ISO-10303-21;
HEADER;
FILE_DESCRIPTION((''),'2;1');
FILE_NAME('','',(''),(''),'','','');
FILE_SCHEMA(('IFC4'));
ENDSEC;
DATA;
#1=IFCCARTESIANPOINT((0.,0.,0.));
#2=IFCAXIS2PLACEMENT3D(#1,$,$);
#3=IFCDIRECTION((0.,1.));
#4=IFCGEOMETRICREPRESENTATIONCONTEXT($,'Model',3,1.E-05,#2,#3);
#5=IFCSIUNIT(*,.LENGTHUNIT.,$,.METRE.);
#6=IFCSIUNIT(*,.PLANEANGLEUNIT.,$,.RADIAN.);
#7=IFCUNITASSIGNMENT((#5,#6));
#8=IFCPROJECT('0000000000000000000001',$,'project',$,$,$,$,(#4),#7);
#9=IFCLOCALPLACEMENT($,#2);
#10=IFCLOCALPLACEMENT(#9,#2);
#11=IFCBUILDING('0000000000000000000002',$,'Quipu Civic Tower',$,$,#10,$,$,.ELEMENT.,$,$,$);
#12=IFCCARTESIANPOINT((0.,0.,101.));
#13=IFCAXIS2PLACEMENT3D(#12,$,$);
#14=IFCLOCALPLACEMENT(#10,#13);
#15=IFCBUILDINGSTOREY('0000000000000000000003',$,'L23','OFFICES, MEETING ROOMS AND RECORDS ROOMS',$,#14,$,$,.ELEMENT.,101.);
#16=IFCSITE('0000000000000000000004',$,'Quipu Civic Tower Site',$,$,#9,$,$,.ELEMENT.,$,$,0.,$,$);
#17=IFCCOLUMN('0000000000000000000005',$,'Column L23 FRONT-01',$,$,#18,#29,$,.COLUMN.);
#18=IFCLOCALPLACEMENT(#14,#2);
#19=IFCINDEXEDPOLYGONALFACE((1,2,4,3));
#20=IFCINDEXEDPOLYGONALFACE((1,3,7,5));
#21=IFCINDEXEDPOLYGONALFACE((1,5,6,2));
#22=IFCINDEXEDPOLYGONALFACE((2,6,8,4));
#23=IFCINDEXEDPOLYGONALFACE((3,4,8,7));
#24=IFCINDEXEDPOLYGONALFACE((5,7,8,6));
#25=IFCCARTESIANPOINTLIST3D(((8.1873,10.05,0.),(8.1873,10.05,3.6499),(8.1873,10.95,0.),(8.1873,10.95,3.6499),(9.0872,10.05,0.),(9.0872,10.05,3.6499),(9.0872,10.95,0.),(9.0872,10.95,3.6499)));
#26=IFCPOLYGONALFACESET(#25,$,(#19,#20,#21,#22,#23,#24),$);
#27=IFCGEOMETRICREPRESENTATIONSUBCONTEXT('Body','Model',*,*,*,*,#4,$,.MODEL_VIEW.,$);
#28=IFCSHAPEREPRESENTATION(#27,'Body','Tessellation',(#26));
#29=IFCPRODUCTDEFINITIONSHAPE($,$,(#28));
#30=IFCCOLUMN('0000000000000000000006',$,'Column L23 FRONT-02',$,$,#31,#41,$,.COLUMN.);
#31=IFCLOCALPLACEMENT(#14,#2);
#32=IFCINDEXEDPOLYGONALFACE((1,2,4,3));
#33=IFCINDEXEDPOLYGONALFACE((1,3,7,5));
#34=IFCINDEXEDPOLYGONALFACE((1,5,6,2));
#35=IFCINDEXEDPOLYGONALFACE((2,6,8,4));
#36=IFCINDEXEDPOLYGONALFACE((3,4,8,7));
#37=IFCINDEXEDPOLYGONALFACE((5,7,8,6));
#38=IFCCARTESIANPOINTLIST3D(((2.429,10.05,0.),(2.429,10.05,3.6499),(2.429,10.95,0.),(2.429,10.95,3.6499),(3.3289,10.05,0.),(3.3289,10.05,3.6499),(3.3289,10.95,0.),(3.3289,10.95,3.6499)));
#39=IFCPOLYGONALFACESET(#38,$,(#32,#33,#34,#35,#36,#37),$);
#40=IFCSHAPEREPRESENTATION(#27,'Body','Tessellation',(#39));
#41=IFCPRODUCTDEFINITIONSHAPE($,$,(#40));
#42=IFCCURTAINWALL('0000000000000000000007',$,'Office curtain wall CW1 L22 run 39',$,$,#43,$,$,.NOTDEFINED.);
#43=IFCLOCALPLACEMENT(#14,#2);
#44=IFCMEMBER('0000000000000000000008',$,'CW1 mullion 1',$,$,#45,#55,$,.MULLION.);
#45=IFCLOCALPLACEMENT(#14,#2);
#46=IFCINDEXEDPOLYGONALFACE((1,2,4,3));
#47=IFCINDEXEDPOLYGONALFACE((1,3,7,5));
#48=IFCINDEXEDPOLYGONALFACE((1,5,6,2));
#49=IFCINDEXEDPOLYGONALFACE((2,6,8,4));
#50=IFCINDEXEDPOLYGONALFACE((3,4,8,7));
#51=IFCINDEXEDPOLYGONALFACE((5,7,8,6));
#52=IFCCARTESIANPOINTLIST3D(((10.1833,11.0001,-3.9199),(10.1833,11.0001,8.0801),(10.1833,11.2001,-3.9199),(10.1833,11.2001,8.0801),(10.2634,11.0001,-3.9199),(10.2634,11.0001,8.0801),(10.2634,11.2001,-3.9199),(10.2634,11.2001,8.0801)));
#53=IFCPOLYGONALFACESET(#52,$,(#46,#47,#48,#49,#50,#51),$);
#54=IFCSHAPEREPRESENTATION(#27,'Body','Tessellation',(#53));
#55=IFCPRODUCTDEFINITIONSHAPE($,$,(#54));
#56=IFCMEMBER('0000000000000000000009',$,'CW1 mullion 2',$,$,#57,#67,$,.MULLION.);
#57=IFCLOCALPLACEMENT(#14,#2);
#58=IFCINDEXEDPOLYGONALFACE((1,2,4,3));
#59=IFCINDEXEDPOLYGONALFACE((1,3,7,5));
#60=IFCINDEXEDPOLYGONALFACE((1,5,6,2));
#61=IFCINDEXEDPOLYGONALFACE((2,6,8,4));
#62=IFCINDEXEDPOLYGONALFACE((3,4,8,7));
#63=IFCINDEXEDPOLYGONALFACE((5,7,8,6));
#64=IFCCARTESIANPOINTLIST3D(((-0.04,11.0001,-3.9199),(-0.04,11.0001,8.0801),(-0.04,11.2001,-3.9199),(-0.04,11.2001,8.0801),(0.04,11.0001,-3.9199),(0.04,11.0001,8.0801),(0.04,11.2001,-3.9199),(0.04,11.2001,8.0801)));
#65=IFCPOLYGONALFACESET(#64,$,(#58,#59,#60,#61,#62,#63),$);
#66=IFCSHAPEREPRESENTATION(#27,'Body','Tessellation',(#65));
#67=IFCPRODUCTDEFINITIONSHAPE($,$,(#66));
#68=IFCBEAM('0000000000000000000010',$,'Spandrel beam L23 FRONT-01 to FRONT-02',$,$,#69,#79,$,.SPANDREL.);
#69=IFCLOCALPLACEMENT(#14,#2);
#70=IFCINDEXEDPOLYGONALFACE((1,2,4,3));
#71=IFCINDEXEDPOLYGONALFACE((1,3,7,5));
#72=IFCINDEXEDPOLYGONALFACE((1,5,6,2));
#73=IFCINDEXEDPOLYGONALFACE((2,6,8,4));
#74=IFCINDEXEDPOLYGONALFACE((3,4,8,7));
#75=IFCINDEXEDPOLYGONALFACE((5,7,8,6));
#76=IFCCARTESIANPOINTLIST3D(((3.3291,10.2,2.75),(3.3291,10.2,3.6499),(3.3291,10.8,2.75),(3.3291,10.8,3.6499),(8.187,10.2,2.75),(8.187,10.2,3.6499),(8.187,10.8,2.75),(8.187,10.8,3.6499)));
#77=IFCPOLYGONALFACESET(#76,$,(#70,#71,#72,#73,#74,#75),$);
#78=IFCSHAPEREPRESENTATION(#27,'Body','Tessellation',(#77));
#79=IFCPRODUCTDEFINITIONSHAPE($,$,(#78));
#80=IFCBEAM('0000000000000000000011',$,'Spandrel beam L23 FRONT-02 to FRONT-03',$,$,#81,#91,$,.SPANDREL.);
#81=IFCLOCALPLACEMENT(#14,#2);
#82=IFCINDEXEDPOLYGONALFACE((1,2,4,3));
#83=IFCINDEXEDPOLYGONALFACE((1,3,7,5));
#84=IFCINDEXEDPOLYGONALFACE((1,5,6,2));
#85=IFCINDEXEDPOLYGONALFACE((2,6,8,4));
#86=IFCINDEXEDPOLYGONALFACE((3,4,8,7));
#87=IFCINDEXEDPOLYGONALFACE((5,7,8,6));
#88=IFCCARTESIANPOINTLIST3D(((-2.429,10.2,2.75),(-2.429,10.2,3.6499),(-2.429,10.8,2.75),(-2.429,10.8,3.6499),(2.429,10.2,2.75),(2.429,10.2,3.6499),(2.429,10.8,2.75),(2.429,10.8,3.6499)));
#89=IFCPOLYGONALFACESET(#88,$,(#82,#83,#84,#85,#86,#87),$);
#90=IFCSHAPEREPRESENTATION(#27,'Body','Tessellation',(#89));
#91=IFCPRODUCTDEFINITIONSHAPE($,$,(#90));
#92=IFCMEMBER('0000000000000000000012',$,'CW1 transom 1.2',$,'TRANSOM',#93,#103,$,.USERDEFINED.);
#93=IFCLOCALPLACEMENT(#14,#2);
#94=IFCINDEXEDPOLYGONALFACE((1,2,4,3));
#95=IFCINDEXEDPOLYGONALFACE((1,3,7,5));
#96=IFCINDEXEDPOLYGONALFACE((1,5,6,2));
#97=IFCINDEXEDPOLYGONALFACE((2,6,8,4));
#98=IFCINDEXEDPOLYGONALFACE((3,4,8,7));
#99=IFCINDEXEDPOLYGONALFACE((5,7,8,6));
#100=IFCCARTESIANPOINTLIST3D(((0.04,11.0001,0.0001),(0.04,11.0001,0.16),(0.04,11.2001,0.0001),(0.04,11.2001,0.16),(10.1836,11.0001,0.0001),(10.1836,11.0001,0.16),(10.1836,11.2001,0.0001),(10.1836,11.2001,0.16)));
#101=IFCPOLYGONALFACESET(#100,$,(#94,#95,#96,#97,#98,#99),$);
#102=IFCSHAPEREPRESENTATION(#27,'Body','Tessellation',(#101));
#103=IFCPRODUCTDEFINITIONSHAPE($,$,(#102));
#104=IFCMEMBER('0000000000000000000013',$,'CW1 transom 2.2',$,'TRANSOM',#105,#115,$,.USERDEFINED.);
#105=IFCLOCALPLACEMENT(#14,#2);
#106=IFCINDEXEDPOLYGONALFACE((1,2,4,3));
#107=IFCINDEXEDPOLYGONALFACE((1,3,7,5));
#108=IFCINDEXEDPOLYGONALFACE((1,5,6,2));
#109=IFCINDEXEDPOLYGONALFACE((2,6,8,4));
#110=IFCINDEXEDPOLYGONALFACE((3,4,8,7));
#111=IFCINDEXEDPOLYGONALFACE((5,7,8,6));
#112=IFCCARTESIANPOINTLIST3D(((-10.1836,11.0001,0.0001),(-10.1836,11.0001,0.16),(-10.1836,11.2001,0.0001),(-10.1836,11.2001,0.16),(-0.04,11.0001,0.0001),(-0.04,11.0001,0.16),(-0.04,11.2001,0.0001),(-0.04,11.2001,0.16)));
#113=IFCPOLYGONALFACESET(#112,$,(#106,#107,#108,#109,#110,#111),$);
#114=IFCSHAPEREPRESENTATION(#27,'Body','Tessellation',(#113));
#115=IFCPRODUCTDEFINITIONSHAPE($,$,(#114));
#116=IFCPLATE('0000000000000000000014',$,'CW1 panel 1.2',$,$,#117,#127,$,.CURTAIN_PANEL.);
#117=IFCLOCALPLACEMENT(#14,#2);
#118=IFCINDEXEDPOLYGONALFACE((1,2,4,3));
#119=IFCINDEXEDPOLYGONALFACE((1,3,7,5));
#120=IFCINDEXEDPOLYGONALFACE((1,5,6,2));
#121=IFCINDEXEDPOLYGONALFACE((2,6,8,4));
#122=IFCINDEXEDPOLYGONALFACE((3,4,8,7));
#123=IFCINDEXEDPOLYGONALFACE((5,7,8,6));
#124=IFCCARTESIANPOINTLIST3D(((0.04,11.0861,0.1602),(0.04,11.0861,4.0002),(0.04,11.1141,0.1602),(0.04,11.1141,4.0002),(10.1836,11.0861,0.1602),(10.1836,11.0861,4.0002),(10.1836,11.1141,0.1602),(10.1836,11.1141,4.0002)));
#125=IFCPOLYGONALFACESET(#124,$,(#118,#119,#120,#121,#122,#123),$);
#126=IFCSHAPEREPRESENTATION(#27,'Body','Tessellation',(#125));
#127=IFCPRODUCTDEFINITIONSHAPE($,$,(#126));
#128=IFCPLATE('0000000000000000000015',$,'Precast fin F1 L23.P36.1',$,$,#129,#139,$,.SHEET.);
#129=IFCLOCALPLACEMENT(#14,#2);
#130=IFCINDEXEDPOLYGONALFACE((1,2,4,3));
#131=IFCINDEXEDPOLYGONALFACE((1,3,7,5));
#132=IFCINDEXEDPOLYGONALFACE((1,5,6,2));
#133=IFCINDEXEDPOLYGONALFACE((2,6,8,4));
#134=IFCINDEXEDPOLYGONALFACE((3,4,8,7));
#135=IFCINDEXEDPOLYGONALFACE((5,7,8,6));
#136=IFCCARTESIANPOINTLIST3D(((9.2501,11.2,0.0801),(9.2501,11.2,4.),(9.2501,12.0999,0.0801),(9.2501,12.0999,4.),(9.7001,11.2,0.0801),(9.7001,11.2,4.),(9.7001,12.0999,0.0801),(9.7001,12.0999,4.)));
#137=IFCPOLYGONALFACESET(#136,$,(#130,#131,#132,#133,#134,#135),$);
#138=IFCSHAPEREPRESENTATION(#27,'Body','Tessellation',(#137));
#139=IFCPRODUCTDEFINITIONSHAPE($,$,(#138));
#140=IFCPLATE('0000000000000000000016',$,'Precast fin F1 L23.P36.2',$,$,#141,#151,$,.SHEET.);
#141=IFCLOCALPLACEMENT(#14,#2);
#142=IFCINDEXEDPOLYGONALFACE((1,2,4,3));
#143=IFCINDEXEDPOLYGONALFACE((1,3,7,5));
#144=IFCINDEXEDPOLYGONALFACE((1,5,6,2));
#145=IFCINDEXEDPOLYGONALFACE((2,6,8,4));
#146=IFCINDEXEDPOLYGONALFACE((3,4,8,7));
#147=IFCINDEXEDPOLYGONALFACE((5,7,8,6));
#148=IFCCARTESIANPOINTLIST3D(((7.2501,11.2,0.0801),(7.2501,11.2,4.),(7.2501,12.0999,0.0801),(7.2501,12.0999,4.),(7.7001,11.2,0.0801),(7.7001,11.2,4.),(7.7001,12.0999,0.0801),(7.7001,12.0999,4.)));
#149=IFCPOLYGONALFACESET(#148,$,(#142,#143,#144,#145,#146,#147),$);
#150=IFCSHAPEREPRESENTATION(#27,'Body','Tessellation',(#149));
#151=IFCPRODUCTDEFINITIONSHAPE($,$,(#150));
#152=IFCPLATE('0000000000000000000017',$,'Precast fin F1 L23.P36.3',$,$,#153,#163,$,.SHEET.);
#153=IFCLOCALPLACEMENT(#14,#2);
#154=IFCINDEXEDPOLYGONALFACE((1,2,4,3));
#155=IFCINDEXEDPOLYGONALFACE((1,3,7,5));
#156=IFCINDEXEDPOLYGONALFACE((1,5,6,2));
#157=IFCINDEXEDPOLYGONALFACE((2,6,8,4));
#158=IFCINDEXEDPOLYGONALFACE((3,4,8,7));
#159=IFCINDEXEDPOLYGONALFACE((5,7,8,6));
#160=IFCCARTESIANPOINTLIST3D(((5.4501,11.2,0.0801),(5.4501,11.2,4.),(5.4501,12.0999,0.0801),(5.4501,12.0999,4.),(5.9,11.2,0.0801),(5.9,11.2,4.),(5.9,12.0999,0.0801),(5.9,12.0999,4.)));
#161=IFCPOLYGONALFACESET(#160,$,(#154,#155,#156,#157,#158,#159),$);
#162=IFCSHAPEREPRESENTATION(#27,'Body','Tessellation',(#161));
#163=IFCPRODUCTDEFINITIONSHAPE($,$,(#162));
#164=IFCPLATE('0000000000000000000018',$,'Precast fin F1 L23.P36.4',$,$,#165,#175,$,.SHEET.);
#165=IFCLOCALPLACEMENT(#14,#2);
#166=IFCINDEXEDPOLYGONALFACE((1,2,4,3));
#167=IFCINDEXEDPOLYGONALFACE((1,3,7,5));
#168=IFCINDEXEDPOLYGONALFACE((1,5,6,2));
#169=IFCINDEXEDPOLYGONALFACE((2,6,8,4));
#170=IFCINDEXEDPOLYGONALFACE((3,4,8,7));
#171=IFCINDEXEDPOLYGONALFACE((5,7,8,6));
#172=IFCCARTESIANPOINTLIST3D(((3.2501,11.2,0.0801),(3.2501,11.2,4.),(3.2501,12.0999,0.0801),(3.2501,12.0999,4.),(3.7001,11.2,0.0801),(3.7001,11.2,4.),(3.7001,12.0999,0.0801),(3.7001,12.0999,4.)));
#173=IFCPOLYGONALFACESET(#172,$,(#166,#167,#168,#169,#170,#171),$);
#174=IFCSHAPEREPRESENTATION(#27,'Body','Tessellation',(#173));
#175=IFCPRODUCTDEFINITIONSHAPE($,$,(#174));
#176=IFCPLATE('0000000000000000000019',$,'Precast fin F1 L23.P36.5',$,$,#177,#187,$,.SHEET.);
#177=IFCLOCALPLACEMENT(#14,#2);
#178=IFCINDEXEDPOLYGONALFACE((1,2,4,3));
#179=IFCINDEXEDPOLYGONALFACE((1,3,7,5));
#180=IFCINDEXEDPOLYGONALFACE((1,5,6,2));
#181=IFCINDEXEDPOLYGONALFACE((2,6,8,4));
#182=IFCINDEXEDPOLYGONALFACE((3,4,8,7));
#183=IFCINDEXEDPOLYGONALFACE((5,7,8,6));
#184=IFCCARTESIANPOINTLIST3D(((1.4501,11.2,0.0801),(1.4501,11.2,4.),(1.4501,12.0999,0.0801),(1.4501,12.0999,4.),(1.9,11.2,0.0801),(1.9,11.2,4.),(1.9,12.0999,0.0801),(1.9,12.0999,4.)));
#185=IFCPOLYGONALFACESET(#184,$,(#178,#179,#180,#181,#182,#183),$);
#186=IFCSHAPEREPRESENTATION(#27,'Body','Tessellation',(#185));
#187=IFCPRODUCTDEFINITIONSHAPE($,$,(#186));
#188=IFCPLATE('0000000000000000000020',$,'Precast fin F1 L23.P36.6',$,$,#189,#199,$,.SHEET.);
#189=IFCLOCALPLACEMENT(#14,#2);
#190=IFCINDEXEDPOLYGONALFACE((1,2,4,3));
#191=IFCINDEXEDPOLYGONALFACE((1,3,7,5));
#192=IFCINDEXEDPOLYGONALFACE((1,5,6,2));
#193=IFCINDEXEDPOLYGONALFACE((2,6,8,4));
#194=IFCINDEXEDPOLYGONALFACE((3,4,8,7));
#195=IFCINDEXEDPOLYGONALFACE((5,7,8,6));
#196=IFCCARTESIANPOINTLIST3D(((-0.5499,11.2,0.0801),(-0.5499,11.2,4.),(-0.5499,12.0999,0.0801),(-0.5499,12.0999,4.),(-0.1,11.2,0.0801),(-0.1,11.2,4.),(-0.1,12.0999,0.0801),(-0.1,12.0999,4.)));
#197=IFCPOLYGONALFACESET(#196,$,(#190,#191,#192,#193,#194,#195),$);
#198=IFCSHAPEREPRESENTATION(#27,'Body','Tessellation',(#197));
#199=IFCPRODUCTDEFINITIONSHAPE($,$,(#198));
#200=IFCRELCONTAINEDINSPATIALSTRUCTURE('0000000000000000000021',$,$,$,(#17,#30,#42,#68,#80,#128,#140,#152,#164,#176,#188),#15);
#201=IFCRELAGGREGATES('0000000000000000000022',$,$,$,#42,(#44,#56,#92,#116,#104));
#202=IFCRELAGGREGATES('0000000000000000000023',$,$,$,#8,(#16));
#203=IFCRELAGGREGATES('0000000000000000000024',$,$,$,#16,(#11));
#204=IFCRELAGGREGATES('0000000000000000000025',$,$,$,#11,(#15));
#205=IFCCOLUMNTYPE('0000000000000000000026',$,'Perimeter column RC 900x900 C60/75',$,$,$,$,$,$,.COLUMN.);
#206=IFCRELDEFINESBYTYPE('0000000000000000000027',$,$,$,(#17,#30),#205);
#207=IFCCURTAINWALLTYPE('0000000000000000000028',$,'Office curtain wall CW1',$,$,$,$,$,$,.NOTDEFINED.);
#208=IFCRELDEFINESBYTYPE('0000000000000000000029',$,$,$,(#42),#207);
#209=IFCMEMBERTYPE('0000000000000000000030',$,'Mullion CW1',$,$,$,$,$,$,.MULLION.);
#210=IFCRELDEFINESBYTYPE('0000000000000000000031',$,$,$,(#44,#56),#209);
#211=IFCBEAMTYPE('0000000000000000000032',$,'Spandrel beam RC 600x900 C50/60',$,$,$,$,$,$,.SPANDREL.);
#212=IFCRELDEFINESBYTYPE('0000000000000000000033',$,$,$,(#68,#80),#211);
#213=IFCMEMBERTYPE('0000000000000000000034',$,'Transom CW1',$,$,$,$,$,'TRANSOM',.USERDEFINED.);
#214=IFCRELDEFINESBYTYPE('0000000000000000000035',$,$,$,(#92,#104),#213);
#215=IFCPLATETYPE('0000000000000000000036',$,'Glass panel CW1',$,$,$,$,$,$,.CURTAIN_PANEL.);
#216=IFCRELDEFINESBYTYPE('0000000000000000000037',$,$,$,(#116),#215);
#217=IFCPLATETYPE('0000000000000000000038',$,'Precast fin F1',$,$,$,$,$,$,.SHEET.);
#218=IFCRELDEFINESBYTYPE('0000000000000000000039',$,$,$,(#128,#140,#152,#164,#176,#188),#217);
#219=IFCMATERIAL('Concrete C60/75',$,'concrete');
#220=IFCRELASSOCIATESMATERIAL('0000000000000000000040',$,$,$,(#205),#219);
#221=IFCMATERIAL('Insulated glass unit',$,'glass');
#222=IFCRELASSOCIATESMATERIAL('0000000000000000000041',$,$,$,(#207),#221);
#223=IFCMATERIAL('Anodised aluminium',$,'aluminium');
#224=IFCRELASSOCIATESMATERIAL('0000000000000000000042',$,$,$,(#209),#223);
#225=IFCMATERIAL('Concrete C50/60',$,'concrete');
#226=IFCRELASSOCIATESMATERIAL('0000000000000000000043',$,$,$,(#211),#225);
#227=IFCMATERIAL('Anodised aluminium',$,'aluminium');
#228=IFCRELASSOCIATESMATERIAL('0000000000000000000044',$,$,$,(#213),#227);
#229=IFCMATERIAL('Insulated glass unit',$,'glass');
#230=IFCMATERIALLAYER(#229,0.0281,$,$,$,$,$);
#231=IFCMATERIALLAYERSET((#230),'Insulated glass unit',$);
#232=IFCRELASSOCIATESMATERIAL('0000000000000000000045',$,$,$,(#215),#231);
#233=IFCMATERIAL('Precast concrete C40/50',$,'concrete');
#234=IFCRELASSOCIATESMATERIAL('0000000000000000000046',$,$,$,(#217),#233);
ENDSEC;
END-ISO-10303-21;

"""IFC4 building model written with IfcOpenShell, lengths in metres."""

from ifc_helpers import new_model, si_unit, direction, frame, origin, origin_2d, place, context, subcontext, project, spatial, rectangle, extrude, material, layer, layer_set, material_profile, profile_set, type_object, element, aggregate, save


model = new_model("IFC4")

# Units and contexts
model_context = context("Model", 3, precision=1e-05, world=origin(), true_north=direction((0.0, 1.0)))
body_context = subcontext(model_context, "Body", "Model", "MODEL_VIEW")
ifc_project = project(units=[si_unit("LENGTHUNIT", "METRE"), si_unit("PLANEANGLEUNIT", "RADIAN")], contexts=[model_context])

# Site, building, storey
site_placement = place(None, origin())
site = spatial("IfcSite", under=ifc_project, at=site_placement, Name="Quipu Civic Tower Site", CompositionType="ELEMENT", RefElevation=0.0)
building_placement = place(site_placement, origin())
building = spatial("IfcBuilding", under=site, at=building_placement, Name="Quipu Civic Tower", CompositionType="ELEMENT")
storey_placement = place(building_placement, frame((0.0, 0.0, 101.0)))
storey = spatial("IfcBuildingStorey", under=building, at=storey_placement, Name="L23", Description="OFFICES, MEETING ROOMS AND RECORDS ROOMS", CompositionType="ELEMENT", Elevation=101.0)

# Columns
ifc_material_1 = material(Name="Concrete C60/75", Category="concrete")
ifc_material_profile_1 = material_profile(ifc_material_1, rectangle(XDim=0.8999, YDim=0.8999, at=origin_2d()), Name="RC900x900")
ifc_profile_set_1 = profile_set([ifc_material_profile_1], Name="Concrete C60/75")
column_type = type_object("IfcColumnType", Name="Perimeter column RC 900x900 C60/75", PredefinedType="COLUMN", material=ifc_profile_set_1)
for number, where, z_axis, x_axis, name in (
    (1, (8.6372, 10.5, 0.0), (0.0, 0.0, 1.0), (-1.0, 0.0, 0.0), "Column L23 FRONT-01"),
    (2, (2.8789, 10.5, 0.0), (0.0, 0.0, 1.0), (-1.0, 0.0, 0.0), "Column L23 FRONT-02"),
):
    element("IfcColumn", number, at=place(storey_placement, frame(where, z_axis=z_axis, x_axis=x_axis)), inside=storey, type_object=column_type, Name=name, PredefinedType="COLUMN", context=body_context, shape_type="SweptSolid", body=[
        extrude(rectangle(XDim=0.8999, YDim=0.8999, at=origin_2d()), origin(), (0.0, 0.0, 1.0), 3.6499),
    ])

# Curtain wall, members
ifc_material_2 = material(Name="Insulated glass unit", Category="glass")
curtain_wall_type = type_object("IfcCurtainWallType", Name="Office curtain wall CW1", PredefinedType="NOTDEFINED", material=ifc_material_2)
curtain_wall_placement = place(storey_placement, origin())
curtain_wall = element("IfcCurtainWall", 3, at=curtain_wall_placement, inside=storey, type_object=curtain_wall_type, Name="Office curtain wall CW1 L22 run 39", PredefinedType="NOTDEFINED")
ifc_material_3 = material(Name="Anodised aluminium", Category="aluminium")
ifc_material_profile_2 = material_profile(ifc_material_3, rectangle(XDim=0.2, YDim=0.0801, at=origin_2d()), Name="RECT 200x80")
ifc_profile_set_2 = profile_set([ifc_material_profile_2], Name="Anodised aluminium")
member_type_1 = type_object("IfcMemberType", Name="Mullion CW1", PredefinedType="MULLION", material=ifc_profile_set_2)
member_1_placement = place(storey_placement, frame((10.2234, 11.1001, -3.9199), z_axis=(0.0, 0.0, 1.0), x_axis=(0.0, -1.0, 0.0)))
member_1 = element("IfcMember", 4, at=member_1_placement, type_object=member_type_1, Name="CW1 mullion 1", PredefinedType="MULLION", context=body_context, shape_type="SweptSolid", body=[
    extrude(rectangle(XDim=0.2, YDim=0.0801, at=origin_2d()), origin(), (0.0, 0.0, 1.0), 12.0),
])
member_2_placement = place(storey_placement, frame((0.0, 11.1001, -3.9199), z_axis=(0.0, 0.0, 1.0), x_axis=(0.0, -1.0, 0.0)))
member_2 = element("IfcMember", 5, at=member_2_placement, type_object=member_type_1, Name="CW1 mullion 2", PredefinedType="MULLION", context=body_context, shape_type="SweptSolid", body=[
    extrude(rectangle(XDim=0.2, YDim=0.0801, at=origin_2d()), origin(), (0.0, 0.0, 1.0), 12.0),
])

# Beams
ifc_material_4 = material(Name="Concrete C50/60", Category="concrete")
ifc_material_profile_3 = material_profile(ifc_material_4, rectangle(XDim=0.6001, YDim=0.8999, at=origin_2d()), Name="RC600x900")
ifc_profile_set_3 = profile_set([ifc_material_profile_3], Name="Concrete C50/60")
beam_type = type_object("IfcBeamType", Name="Spandrel beam RC 600x900 C50/60", PredefinedType="SPANDREL", material=ifc_profile_set_3)
for number, where, z_axis, x_axis, name in (
    (6, (8.187, 10.5, 3.2), (-1.0, 0.0, 0.0), (0.0, -1.0, 0.0), "Spandrel beam L23 FRONT-01 to FRONT-02"),
    (7, (2.429, 10.5, 3.2), (-1.0, 0.0, 0.0), (0.0, -1.0, 0.0), "Spandrel beam L23 FRONT-02 to FRONT-03"),
):
    element("IfcBeam", number, at=place(storey_placement, frame(where, z_axis=z_axis, x_axis=x_axis)), inside=storey, type_object=beam_type, Name=name, PredefinedType="SPANDREL", context=body_context, shape_type="SweptSolid", body=[
        extrude(rectangle(XDim=0.6001, YDim=0.8999, at=origin_2d()), origin(), (0.0, 0.0, 1.0), 4.8579),
    ])

# Members
ifc_material_5 = material(Name="Anodised aluminium", Category="aluminium")
ifc_material_profile_4 = material_profile(ifc_material_5, rectangle(XDim=0.2, YDim=0.1599, at=origin_2d()), Name="RECT 200x160")
ifc_profile_set_4 = profile_set([ifc_material_profile_4], Name="Anodised aluminium")
member_type_2 = type_object("IfcMemberType", Name="Transom CW1", ElementType="TRANSOM", PredefinedType="USERDEFINED", material=ifc_profile_set_4)
member_3_placement = place(storey_placement, frame((10.1836, 11.1001, 0.0801), z_axis=(-1.0, 0.0, 0.0), x_axis=(0.0, -1.0, 0.0)))
member_3 = element("IfcMember", 8, at=member_3_placement, type_object=member_type_2, Name="CW1 transom 1.2", ObjectType="TRANSOM", PredefinedType="USERDEFINED", context=body_context, shape_type="SweptSolid", body=[
    extrude(rectangle(XDim=0.2, YDim=0.1599, at=origin_2d()), origin(), (0.0, 0.0, 1.0), 10.1436),
])
member_4_placement = place(storey_placement, frame((-0.04, 11.1001, 0.0801), z_axis=(-1.0, 0.0, 0.0), x_axis=(0.0, -1.0, 0.0)))
member_4 = element("IfcMember", 9, at=member_4_placement, type_object=member_type_2, Name="CW1 transom 2.2", ObjectType="TRANSOM", PredefinedType="USERDEFINED", context=body_context, shape_type="SweptSolid", body=[
    extrude(rectangle(XDim=0.2, YDim=0.1599, at=origin_2d()), origin(), (0.0, 0.0, 1.0), 10.1436),
])

# Plate
ifc_material_6 = material(Name="Insulated glass unit", Category="glass")
ifc_layer_1 = layer(ifc_material_6, 0.0281)
ifc_layer_set_1 = layer_set([ifc_layer_1], Name="Insulated glass unit")
plate_type_1 = type_object("IfcPlateType", Name="Glass panel CW1", PredefinedType="CURTAIN_PANEL", material=ifc_layer_set_1)
plate_placement = place(storey_placement, frame((5.1118, 11.1001, 0.1602), z_axis=(0.0, 0.0, 1.0), x_axis=(-1.0, 0.0, 0.0)))
plate = element("IfcPlate", 10, at=plate_placement, type_object=plate_type_1, Name="CW1 panel 1.2", PredefinedType="CURTAIN_PANEL", context=body_context, shape_type="SweptSolid", body=[
    extrude(rectangle(XDim=10.1436, YDim=0.0281, at=origin_2d()), origin(), (0.0, 0.0, 1.0), 3.8401),
])
aggregate(curtain_wall, [member_1, member_2, member_3, plate, member_4])

# Plates
ifc_material_7 = material(Name="Precast concrete C40/50", Category="concrete")
plate_type_2 = type_object("IfcPlateType", Name="Precast fin F1", PredefinedType="SHEET", material=ifc_material_7)
for number, where, z_axis, x_axis, name in (
    (11, (9.4751, 11.6499, 0.0801), (0.0, 0.0, 1.0), (-1.0, 0.0, 0.0), "Precast fin F1 L23.P36.1"),
    (12, (7.4751, 11.6499, 0.0801), (0.0, 0.0, 1.0), (-1.0, 0.0, 0.0), "Precast fin F1 L23.P36.2"),
    (13, (5.675, 11.6499, 0.0801), (0.0, 0.0, 1.0), (-1.0, 0.0, 0.0), "Precast fin F1 L23.P36.3"),
    (14, (3.4751, 11.6499, 0.0801), (0.0, 0.0, 1.0), (-1.0, 0.0, 0.0), "Precast fin F1 L23.P36.4"),
    (15, (1.675, 11.6499, 0.0801), (0.0, 0.0, 1.0), (-1.0, 0.0, 0.0), "Precast fin F1 L23.P36.5"),
    (16, (-0.325, 11.6499, 0.0801), (0.0, 0.0, 1.0), (-1.0, 0.0, 0.0), "Precast fin F1 L23.P36.6"),
):
    element("IfcPlate", number, at=place(storey_placement, frame(where, z_axis=z_axis, x_axis=x_axis)), inside=storey, type_object=plate_type_2, Name=name, PredefinedType="SHEET", context=body_context, shape_type="SweptSolid", body=[
        extrude(rectangle(XDim=0.45, YDim=0.8999, at=origin_2d()), origin(), (0.0, 0.0, 1.0), 3.9199),
    ])

save(model, "model.ifc")
